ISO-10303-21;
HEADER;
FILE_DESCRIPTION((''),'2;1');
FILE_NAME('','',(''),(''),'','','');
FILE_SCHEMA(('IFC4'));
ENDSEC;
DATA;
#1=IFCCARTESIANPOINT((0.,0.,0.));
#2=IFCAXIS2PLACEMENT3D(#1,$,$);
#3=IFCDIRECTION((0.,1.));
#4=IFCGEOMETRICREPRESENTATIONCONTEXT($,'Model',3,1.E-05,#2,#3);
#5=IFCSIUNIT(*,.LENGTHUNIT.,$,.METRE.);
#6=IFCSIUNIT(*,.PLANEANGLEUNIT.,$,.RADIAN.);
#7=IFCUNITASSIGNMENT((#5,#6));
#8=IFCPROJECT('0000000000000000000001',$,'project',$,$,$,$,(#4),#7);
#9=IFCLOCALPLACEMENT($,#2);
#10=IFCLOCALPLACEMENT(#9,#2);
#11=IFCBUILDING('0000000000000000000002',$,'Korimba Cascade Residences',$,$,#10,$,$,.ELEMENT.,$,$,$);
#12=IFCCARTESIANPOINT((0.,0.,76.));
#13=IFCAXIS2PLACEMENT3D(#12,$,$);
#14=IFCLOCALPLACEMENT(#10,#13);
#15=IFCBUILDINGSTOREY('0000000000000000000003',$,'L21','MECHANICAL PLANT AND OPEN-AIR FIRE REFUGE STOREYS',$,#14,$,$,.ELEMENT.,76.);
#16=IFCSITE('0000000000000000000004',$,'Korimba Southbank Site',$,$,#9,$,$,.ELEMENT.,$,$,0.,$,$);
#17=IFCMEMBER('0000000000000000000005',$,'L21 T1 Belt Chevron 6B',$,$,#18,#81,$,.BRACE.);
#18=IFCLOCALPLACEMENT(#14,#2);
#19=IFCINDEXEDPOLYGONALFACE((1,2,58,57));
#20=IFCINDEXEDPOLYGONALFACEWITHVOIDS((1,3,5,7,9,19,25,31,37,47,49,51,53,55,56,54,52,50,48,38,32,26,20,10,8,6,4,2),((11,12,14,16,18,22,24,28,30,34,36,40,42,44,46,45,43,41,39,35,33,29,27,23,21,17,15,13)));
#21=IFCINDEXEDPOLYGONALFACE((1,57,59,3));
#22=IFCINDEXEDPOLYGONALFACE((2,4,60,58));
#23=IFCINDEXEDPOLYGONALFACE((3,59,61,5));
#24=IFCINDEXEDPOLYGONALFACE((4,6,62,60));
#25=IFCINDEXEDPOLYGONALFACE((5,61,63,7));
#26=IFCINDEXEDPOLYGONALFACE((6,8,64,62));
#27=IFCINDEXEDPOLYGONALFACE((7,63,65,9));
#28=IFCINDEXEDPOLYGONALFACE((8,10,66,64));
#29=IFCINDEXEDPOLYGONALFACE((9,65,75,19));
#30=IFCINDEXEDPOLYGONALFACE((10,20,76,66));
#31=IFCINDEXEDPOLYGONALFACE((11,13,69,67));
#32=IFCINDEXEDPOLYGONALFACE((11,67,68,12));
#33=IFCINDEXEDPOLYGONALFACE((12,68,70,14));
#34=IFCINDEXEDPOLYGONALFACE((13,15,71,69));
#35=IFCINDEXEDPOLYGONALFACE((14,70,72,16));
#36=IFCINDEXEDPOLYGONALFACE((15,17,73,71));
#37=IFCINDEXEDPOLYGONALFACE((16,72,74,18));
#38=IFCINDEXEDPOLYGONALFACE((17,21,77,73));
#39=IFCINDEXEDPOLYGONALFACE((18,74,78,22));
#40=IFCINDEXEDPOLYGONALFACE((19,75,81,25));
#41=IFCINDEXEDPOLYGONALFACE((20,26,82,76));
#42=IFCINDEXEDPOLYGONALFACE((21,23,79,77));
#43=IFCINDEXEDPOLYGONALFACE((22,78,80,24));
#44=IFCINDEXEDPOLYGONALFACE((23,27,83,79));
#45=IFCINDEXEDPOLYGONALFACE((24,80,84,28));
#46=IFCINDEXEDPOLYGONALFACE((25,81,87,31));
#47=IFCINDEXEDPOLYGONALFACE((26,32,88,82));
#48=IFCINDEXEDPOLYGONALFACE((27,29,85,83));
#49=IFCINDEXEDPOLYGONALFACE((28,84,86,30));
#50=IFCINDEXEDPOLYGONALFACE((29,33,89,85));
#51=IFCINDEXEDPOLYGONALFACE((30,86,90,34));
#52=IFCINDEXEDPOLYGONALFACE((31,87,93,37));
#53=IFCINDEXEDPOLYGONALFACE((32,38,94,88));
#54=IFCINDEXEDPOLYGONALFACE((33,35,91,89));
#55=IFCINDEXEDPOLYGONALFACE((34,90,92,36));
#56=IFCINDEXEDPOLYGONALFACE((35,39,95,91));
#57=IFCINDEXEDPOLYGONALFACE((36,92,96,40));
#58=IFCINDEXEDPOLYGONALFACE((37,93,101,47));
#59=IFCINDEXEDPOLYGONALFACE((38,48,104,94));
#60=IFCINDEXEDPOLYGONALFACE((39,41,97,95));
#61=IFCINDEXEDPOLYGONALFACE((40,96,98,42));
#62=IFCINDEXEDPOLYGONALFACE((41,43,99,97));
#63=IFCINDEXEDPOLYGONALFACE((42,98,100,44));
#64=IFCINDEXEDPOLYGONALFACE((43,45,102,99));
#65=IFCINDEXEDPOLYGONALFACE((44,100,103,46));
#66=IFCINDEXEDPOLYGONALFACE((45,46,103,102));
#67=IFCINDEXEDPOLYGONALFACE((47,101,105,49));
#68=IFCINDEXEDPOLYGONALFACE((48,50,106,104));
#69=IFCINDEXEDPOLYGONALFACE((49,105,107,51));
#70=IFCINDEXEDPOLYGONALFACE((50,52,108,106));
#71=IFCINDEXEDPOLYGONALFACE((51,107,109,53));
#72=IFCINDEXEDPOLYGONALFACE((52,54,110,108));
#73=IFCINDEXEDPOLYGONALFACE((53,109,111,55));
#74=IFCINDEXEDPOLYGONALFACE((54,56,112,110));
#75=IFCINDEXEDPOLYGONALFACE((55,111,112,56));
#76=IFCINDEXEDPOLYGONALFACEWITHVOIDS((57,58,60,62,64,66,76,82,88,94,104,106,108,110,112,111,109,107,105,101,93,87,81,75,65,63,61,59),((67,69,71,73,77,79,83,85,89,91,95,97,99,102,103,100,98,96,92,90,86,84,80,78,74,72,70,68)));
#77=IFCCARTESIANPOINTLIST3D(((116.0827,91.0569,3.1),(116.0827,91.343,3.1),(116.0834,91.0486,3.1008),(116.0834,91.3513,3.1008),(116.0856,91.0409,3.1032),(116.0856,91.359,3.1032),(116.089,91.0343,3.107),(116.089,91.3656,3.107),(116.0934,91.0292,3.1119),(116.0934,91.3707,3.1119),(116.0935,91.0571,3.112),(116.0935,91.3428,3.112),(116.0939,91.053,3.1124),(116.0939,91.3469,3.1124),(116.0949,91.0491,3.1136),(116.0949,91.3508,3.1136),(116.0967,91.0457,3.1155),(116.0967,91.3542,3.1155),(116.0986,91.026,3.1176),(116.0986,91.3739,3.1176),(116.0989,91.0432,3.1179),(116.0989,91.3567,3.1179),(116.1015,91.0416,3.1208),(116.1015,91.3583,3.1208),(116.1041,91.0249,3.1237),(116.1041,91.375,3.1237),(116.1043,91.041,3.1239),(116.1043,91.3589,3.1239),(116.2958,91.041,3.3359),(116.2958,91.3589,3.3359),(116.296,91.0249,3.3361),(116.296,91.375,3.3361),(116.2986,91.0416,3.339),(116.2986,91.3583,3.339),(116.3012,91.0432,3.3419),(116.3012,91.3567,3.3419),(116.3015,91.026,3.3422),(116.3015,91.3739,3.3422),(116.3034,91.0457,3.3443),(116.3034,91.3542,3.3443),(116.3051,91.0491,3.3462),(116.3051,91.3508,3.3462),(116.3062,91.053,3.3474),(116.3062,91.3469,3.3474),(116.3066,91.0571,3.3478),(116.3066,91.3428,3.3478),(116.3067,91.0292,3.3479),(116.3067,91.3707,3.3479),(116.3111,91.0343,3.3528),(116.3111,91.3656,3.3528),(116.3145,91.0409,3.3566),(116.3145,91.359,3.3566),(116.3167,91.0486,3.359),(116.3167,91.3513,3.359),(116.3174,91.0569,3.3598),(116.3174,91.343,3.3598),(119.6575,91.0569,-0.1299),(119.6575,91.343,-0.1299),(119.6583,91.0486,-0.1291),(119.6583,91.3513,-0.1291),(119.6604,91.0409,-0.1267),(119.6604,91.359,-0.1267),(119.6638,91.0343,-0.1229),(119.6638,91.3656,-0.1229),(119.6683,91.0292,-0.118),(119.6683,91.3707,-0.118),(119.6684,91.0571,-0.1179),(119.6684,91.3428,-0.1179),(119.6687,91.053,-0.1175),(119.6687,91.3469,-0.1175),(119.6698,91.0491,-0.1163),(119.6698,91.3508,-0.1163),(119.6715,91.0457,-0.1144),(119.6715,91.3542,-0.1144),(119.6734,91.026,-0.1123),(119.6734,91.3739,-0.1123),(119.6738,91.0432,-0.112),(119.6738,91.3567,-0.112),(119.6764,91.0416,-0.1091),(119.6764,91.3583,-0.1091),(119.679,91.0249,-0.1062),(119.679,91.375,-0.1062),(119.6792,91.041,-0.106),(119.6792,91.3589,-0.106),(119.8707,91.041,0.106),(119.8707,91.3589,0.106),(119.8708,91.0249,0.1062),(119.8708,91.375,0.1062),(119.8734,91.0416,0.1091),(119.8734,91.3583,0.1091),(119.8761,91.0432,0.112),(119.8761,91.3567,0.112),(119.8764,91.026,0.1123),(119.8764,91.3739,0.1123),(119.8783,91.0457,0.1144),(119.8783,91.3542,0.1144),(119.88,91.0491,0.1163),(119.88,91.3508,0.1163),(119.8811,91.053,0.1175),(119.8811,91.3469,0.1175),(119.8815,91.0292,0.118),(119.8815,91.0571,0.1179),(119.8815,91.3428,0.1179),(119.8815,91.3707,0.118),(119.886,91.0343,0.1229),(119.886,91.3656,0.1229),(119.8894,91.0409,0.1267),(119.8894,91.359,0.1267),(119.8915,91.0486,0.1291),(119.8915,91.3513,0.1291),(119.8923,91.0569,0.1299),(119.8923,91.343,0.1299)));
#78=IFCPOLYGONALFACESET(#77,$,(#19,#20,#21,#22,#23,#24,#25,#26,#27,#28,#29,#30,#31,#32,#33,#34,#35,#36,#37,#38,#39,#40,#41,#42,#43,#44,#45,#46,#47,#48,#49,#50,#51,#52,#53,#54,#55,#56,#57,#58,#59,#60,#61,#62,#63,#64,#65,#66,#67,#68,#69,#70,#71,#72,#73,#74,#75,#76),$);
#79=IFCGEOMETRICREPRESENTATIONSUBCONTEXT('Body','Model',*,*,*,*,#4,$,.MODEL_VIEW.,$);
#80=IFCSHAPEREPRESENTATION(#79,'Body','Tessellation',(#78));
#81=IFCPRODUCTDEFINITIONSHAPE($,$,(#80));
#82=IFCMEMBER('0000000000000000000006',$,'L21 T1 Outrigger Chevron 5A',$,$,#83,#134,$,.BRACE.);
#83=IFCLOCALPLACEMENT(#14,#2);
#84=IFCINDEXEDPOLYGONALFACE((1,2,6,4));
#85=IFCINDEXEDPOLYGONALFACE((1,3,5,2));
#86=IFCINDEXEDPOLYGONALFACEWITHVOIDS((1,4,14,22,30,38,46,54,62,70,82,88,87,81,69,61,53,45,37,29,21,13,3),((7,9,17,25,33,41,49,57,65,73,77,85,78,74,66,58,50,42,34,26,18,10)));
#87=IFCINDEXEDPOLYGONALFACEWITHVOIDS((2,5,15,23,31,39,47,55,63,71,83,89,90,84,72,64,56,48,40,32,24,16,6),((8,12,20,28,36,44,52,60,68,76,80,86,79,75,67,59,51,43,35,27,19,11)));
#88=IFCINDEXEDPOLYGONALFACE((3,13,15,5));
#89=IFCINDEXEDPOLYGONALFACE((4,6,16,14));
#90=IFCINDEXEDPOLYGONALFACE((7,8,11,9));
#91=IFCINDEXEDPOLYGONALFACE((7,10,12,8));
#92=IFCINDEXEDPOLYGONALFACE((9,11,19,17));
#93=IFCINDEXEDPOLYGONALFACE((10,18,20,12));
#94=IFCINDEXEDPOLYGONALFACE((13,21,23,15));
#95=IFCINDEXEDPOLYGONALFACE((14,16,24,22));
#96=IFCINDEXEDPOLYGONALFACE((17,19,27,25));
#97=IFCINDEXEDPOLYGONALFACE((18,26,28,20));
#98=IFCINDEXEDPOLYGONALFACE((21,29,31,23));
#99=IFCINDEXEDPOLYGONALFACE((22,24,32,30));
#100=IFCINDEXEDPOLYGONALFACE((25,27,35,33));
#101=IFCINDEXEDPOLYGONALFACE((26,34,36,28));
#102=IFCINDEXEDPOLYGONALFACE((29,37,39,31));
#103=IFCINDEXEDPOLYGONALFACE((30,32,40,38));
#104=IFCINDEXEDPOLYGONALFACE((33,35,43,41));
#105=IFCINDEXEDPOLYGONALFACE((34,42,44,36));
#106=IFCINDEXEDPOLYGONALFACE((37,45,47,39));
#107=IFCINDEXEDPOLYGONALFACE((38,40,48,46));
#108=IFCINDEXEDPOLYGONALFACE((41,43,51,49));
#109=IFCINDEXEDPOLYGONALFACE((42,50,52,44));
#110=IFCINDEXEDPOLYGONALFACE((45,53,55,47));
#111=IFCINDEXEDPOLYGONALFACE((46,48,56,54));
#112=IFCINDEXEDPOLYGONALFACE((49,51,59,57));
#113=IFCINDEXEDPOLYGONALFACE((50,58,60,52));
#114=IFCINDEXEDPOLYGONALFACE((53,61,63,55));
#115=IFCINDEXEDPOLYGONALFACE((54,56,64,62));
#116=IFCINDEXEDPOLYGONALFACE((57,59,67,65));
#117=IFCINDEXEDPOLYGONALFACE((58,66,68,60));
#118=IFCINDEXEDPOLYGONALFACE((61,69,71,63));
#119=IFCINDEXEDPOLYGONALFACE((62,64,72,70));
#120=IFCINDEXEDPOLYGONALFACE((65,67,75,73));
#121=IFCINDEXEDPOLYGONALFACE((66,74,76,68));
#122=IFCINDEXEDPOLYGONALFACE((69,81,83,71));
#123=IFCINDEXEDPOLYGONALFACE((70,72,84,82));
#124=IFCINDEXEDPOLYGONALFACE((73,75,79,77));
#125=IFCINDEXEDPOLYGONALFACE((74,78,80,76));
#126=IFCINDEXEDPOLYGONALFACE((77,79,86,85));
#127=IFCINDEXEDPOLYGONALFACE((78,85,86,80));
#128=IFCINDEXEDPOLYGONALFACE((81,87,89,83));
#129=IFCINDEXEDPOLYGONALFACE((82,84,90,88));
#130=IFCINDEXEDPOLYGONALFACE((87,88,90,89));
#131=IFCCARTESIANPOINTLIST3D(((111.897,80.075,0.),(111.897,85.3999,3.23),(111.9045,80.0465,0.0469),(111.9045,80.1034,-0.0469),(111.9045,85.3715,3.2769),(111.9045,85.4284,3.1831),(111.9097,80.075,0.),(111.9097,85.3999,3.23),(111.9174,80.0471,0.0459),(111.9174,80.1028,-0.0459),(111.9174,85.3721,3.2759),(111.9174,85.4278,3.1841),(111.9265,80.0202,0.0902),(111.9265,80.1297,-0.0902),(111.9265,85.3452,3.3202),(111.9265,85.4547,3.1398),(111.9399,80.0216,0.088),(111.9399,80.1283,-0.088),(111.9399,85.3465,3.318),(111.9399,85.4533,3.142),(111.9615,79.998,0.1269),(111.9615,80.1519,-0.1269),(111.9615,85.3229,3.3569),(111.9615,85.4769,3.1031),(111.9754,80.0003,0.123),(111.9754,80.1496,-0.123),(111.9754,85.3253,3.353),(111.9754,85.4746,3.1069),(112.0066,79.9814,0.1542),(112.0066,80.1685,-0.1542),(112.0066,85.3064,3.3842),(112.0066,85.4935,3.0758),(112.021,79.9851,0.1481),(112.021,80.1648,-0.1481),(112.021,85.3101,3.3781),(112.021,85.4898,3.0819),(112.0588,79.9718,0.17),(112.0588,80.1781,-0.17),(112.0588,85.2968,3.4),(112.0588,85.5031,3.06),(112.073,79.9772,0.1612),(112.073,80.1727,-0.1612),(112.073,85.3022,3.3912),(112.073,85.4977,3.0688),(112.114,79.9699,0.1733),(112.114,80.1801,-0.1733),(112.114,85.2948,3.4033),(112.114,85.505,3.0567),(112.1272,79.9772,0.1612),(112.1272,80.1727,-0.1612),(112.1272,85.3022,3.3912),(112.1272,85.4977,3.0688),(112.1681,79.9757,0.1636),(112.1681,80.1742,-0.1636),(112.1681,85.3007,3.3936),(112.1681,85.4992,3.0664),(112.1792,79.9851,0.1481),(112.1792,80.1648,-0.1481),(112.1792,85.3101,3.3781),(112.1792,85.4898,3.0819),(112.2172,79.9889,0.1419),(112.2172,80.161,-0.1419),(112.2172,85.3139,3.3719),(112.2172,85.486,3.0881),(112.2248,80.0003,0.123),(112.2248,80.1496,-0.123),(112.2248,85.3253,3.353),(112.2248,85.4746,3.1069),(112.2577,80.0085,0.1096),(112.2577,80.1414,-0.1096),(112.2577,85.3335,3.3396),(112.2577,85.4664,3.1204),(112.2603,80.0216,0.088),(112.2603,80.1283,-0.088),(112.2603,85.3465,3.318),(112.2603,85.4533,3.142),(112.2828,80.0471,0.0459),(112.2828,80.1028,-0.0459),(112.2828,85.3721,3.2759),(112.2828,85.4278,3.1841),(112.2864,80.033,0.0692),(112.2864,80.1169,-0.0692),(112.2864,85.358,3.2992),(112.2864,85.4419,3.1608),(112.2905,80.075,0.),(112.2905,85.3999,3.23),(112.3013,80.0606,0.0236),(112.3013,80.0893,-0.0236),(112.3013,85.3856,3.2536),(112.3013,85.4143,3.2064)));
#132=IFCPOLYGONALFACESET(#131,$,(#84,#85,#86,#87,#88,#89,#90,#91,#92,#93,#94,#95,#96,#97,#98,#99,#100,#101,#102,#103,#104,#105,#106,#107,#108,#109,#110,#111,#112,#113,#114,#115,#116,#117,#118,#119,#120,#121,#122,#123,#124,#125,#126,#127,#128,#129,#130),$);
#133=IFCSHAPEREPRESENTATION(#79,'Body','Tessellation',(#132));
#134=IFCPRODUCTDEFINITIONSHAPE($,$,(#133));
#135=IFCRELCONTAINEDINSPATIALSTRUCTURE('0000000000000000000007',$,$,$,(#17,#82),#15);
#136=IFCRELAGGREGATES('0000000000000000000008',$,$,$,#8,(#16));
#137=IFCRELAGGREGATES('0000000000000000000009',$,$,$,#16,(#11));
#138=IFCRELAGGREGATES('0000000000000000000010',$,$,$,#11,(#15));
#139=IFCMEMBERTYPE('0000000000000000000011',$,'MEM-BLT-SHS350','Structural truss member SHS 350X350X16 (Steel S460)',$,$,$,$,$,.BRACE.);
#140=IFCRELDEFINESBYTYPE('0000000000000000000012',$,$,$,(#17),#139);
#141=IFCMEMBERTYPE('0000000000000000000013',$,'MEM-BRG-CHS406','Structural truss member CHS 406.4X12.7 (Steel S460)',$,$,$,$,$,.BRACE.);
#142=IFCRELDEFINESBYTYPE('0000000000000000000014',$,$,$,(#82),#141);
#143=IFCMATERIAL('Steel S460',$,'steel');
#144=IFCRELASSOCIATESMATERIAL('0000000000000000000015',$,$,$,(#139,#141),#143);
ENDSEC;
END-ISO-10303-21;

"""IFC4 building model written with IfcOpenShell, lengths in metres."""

from ifc_helpers import new_model, si_unit, direction, frame, origin, origin_2d, place, context, subcontext, project, spatial, hollow_rectangle, hollow_circle, extrude, material, material_profile, profile_set, type_object, element, save


model = new_model("IFC4")

# Units and contexts
model_context = context("Model", 3, precision=1e-05, world=origin(), true_north=direction((0.0, 1.0)))
body_context = subcontext(model_context, "Body", "Model", "MODEL_VIEW")
ifc_project = project(units=[si_unit("LENGTHUNIT", "METRE"), si_unit("PLANEANGLEUNIT", "RADIAN")], contexts=[model_context])

# Site, building, storey
site_placement = place(None, origin())
site = spatial("IfcSite", under=ifc_project, at=site_placement, Name="Korimba Southbank Site", CompositionType="ELEMENT", RefElevation=0.0)
building_placement = place(site_placement, origin())
building = spatial("IfcBuilding", under=site, at=building_placement, Name="Korimba Cascade Residences", CompositionType="ELEMENT")
storey_placement = place(building_placement, frame((0.0, 0.0, 76.0)))
storey = spatial("IfcBuildingStorey", under=building, at=storey_placement, Name="L21", Description="MECHANICAL PLANT AND OPEN-AIR FIRE REFUGE STOREYS", CompositionType="ELEMENT", Elevation=76.0)

# Members
ifc_material_1 = material(Name="Steel S460", Category="steel")
ifc_material_profile_1 = material_profile(ifc_material_1, hollow_rectangle(XDim=0.3501, YDim=0.3501, WallThickness=0.0161, InnerFilletRadius=0.0161, OuterFilletRadius=0.032, at=origin_2d()), Name="Steel S460")
ifc_profile_set_1 = profile_set([ifc_material_profile_1], Name="Steel S460")
member_type_1 = type_object("IfcMemberType", Name="MEM-BLT-SHS350", Description="Structural truss member SHS 350X350X16 (Steel S460)", PredefinedType="BRACE", material=ifc_profile_set_1)
for number, where, z_axis, x_axis, name in (
    (1, (119.7749, 91.2, 0.0), (-0.742, 0.0, 0.6704), (0.0, -1.0, 0.0), "L21 T1 Belt Chevron 6B"),
):
    element("IfcMember", number, at=place(storey_placement, frame(where, z_axis=z_axis, x_axis=x_axis)), inside=storey, type_object=member_type_1, Name=name, PredefinedType="BRACE", context=body_context, shape_type="SweptSolid", body=[
        extrude(hollow_rectangle(XDim=0.3501, YDim=0.3501, WallThickness=0.0161, InnerFilletRadius=0.0161, OuterFilletRadius=0.032, at=origin_2d()), origin(), (0.0, 0.0, 1.0), 4.8179),
    ])
ifc_material_profile_2 = material_profile(ifc_material_1, hollow_circle(Radius=0.2031, WallThickness=0.0127, at=origin_2d()), Name="Steel S460")
ifc_profile_set_2 = profile_set([ifc_material_profile_2], Name="Steel S460")
member_type_2 = type_object("IfcMemberType", Name="MEM-BRG-CHS406", Description="Structural truss member CHS 406.4X12.7 (Steel S460)", PredefinedType="BRACE", material=ifc_profile_set_2)
member_1_placement = place(storey_placement, frame((112.1001, 80.075, 0.0), z_axis=(0.0, 0.855003, 0.518623), x_axis=(-1.0, 0.0, 0.0)))
element("IfcMember", 2, at=member_1_placement, inside=storey, type_object=member_type_2, Name="L21 T1 Outrigger Chevron 5A", PredefinedType="BRACE", context=body_context, shape_type="SweptSolid", body=[
    extrude(hollow_circle(Radius=0.2031, WallThickness=0.0127, at=origin_2d()), origin(), (0.0, 0.0, 1.0), 6.228),
])

save(model, "model.ifc")
